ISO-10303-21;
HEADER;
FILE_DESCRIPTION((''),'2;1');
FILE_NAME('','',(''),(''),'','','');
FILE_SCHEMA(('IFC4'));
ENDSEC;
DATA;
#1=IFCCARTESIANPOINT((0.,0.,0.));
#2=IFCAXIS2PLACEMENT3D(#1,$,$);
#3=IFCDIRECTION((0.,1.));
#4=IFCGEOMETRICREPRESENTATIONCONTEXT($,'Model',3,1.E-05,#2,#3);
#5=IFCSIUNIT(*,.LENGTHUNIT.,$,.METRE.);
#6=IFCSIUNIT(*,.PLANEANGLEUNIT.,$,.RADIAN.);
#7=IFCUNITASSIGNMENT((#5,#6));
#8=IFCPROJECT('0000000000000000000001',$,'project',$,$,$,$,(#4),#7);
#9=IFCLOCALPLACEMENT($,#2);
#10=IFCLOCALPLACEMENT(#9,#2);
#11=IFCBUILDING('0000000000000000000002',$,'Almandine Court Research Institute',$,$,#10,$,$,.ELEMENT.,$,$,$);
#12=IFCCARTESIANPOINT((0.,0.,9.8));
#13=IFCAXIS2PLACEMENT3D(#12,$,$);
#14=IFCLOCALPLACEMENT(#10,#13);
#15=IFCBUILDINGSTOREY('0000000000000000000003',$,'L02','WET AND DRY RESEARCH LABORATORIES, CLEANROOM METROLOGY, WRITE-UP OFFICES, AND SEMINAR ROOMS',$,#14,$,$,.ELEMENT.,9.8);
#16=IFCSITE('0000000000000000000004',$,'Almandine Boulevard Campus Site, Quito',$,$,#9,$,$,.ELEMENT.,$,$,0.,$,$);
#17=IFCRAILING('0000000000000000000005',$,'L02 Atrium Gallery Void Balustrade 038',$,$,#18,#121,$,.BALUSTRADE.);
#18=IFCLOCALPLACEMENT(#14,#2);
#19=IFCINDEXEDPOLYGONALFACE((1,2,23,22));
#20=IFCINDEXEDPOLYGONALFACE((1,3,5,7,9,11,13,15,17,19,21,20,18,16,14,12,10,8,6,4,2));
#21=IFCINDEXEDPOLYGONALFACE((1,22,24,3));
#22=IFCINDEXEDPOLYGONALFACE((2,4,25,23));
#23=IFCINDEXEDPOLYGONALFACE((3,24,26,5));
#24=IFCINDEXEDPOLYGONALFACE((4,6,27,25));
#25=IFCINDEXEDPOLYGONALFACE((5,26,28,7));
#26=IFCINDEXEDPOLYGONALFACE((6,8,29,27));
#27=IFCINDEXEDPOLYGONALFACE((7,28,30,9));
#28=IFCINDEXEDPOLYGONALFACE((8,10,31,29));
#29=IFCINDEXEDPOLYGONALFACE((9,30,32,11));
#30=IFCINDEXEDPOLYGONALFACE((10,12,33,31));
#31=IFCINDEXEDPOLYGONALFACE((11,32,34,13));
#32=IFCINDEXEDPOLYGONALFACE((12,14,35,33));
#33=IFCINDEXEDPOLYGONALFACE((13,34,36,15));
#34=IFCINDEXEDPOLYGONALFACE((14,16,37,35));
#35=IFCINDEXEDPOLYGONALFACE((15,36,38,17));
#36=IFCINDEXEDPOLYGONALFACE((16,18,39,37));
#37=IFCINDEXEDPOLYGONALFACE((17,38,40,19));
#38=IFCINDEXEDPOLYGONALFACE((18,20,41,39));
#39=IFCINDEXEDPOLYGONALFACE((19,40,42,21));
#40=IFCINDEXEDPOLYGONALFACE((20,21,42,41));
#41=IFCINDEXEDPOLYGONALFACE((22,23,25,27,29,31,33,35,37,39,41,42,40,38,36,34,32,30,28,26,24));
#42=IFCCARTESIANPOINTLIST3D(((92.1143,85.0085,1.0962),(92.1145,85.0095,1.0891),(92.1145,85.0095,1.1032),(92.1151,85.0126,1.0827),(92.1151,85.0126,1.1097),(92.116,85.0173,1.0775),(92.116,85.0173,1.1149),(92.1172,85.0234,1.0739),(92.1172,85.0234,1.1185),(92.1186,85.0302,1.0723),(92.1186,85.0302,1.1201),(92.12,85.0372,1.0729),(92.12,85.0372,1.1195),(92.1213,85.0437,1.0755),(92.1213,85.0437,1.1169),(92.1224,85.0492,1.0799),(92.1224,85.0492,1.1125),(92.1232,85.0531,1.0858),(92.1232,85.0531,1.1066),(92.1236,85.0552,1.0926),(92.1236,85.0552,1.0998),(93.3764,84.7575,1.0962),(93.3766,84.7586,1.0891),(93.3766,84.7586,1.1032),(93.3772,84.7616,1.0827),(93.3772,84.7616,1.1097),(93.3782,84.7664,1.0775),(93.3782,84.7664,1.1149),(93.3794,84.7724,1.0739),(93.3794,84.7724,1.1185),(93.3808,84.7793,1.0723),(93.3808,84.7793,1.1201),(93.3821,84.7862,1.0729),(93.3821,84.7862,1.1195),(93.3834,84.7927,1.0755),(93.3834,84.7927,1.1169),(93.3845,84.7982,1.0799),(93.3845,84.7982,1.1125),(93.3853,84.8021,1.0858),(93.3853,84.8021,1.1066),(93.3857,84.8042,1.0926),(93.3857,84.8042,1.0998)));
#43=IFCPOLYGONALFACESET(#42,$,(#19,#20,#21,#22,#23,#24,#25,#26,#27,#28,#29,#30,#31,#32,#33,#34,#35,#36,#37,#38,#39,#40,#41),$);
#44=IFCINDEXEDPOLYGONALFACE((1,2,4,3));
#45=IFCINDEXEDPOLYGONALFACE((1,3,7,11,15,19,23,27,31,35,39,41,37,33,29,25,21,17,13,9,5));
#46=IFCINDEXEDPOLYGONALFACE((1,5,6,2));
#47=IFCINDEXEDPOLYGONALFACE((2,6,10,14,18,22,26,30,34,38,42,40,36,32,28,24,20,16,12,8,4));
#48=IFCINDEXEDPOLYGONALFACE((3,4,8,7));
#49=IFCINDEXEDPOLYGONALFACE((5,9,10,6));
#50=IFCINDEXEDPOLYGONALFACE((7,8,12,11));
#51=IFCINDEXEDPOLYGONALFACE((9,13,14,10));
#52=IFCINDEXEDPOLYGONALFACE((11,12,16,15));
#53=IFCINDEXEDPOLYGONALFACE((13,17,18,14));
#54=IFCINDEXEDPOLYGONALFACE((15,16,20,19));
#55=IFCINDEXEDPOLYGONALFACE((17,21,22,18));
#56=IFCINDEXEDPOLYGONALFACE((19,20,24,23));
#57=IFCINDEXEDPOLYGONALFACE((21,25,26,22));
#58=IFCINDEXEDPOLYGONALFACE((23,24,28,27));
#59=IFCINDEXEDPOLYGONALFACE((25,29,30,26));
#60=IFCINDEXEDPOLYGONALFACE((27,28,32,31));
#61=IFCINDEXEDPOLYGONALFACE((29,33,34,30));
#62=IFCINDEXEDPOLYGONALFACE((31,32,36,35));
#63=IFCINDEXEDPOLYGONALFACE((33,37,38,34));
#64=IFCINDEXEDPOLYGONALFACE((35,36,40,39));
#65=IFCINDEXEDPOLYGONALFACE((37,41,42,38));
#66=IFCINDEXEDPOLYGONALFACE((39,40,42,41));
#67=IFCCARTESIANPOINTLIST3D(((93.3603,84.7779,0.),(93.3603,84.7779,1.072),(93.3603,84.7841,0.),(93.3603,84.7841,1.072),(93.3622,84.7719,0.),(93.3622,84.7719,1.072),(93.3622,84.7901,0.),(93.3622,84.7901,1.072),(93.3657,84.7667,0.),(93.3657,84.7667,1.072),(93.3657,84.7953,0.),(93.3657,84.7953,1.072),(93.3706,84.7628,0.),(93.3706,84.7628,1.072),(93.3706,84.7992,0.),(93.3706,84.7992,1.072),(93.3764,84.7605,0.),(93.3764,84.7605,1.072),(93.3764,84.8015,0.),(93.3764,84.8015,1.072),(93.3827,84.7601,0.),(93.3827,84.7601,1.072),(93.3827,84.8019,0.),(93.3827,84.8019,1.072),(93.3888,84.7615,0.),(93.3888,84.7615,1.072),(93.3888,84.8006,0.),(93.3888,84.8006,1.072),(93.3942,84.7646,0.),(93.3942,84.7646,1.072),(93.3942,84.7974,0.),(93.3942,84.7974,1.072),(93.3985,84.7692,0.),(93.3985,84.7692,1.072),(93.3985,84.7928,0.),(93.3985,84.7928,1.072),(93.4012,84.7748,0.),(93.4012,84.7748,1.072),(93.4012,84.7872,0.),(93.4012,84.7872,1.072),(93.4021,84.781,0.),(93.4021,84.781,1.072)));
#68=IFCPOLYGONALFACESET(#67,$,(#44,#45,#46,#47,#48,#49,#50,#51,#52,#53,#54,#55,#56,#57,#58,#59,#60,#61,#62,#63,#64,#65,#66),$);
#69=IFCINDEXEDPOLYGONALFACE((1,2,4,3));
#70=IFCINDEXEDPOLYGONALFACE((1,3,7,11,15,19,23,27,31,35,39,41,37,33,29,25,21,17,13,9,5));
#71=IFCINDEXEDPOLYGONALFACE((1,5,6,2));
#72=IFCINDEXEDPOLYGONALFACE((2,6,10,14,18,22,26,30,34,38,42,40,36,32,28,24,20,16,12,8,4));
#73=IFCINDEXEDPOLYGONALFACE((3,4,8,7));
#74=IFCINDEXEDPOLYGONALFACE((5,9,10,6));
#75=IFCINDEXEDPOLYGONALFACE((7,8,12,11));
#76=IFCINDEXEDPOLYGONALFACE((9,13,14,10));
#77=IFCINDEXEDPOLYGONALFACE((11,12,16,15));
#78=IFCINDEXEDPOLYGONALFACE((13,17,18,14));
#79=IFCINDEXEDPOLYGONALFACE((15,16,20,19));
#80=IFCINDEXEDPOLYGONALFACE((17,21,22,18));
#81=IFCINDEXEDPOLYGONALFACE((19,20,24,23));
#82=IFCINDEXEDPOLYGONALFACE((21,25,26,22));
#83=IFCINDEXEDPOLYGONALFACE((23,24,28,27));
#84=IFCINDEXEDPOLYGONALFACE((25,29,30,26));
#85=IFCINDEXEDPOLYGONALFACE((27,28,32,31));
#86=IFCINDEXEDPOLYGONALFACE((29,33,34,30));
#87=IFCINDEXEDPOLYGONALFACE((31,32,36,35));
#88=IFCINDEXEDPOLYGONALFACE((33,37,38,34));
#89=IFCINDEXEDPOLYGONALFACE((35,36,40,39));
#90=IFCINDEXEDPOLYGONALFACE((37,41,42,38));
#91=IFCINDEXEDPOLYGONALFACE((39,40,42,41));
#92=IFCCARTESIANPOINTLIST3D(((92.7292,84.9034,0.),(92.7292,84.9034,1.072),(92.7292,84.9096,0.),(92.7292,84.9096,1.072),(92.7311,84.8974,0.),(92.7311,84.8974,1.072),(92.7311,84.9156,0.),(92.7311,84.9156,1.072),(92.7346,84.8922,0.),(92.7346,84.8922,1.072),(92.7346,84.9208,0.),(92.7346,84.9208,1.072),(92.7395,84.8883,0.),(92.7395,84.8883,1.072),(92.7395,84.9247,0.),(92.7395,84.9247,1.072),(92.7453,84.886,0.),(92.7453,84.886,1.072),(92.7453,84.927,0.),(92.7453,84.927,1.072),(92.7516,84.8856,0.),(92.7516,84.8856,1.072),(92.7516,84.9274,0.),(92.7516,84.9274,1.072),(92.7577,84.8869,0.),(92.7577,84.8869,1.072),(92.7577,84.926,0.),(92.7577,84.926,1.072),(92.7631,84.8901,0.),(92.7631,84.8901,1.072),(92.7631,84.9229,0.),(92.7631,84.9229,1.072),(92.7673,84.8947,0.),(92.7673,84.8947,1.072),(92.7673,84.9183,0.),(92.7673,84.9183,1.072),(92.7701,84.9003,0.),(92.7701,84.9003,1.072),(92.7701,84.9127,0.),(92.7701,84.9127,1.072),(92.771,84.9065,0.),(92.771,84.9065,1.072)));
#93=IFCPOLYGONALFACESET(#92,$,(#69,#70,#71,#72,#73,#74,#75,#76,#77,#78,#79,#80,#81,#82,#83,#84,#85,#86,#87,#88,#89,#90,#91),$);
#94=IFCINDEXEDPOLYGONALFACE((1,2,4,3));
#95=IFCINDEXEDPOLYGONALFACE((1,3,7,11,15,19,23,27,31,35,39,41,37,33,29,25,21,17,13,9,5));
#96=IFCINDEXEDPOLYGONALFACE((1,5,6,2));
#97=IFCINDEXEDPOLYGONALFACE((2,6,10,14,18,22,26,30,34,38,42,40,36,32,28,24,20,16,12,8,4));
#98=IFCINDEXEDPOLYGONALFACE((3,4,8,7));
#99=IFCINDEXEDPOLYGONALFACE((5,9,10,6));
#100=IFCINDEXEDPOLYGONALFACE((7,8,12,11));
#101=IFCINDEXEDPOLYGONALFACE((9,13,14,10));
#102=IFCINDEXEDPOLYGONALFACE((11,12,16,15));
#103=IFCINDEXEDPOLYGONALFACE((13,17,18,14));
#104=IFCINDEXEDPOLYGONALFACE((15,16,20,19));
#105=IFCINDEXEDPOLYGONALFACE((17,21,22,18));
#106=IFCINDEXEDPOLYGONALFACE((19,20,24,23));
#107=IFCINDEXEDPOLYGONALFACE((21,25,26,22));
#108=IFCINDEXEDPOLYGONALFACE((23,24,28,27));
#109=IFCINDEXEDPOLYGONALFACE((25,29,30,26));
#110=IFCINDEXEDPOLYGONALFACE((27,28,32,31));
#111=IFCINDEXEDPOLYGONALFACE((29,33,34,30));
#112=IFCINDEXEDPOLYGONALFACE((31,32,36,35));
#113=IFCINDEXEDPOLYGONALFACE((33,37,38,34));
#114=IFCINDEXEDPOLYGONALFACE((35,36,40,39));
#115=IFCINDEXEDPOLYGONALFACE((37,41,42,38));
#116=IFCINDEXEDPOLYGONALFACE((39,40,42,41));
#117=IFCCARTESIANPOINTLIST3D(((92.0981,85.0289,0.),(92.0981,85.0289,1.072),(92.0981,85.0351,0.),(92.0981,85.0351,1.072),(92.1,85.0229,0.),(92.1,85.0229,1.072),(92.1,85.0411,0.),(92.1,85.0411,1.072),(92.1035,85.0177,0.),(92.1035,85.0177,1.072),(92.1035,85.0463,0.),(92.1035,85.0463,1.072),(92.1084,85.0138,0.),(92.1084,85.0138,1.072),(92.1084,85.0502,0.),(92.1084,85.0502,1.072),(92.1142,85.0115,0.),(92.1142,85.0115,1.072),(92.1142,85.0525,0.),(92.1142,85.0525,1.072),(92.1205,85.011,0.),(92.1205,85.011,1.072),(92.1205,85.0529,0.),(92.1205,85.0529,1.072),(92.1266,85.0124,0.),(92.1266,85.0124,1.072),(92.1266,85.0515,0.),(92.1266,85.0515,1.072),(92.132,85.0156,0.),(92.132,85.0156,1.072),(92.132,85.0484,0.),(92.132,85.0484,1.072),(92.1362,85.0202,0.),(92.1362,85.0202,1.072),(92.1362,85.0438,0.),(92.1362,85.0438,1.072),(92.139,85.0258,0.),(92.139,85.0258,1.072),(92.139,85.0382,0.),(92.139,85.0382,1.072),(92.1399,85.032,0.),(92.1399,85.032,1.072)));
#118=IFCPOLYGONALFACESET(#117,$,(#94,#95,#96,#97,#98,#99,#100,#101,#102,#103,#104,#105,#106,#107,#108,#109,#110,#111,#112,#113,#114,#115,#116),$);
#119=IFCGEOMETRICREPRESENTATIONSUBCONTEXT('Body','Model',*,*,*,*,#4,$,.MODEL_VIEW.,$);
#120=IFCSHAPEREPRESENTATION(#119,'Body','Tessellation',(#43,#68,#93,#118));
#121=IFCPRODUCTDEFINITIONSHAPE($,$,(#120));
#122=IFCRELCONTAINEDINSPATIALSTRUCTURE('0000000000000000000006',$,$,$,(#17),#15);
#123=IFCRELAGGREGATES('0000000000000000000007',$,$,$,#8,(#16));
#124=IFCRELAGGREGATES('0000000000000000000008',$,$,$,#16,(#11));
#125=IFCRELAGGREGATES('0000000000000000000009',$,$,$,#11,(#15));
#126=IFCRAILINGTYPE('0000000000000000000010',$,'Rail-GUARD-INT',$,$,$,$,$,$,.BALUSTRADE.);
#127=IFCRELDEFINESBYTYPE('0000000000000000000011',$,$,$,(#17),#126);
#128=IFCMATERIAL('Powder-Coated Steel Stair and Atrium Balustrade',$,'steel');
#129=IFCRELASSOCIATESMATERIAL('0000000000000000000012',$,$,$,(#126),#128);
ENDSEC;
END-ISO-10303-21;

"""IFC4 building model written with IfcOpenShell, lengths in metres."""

from ifc_helpers import new_model, si_unit, direction, frame, origin, origin_2d, place, context, subcontext, project, spatial, circle, extrude, material, type_object, element, save


model = new_model("IFC4")

# Units and contexts
model_context = context("Model", 3, precision=1e-05, world=origin(), true_north=direction((0.0, 1.0)))
body_context = subcontext(model_context, "Body", "Model", "MODEL_VIEW")
ifc_project = project(units=[si_unit("LENGTHUNIT", "METRE"), si_unit("PLANEANGLEUNIT", "RADIAN")], contexts=[model_context])

# Site, building, storey
site_placement = place(None, origin())
site = spatial("IfcSite", under=ifc_project, at=site_placement, Name="Almandine Boulevard Campus Site, Quito", CompositionType="ELEMENT", RefElevation=0.0)
building_placement = place(site_placement, origin())
building = spatial("IfcBuilding", under=site, at=building_placement, Name="Almandine Court Research Institute", CompositionType="ELEMENT")
storey_placement = place(building_placement, frame((0.0, 0.0, 9.8)))
storey = spatial("IfcBuildingStorey", under=building, at=storey_placement, Name="L02", Description="WET AND DRY RESEARCH LABORATORIES, CLEANROOM METROLOGY, WRITE-UP OFFICES, AND SEMINAR ROOMS", CompositionType="ELEMENT", Elevation=9.8)

# Railing
ifc_material_1 = material(Name="Powder-Coated Steel Stair and Atrium Balustrade", Category="steel")
railing_type = type_object("IfcRailingType", Name="Rail-GUARD-INT", PredefinedType="BALUSTRADE", material=ifc_material_1)
railing_1_placement = place(storey_placement, frame((93.3811, 84.781, 0.0)))
element("IfcRailing", 1, at=railing_1_placement, inside=storey, type_object=railing_type, Name="L02 Atrium Gallery Void Balustrade 038", PredefinedType="BALUSTRADE", context=body_context, shape_type="SweptSolid", body=[
    extrude(circle(Radius=0.0239, at=origin_2d()), frame((0.0, 0.0, 1.0962), z_axis=(-0.980799, 0.195022, 0.0), x_axis=(-0.195022, -0.980799, 0.0)), (0.0, 0.0, 1.0), 1.2869),
    extrude(circle(Radius=0.021, at=origin_2d()), origin(), (0.0, 0.0, 1.0), 1.072),
    extrude(circle(Radius=0.021, at=origin_2d()), frame((-0.6311, 0.1255, 0.0)), (0.0, 0.0, 1.0), 1.072),
    extrude(circle(Radius=0.021, at=origin_2d()), frame((-1.2622, 0.251, 0.0)), (0.0, 0.0, 1.0), 1.072),
])

save(model, "model.ifc")
